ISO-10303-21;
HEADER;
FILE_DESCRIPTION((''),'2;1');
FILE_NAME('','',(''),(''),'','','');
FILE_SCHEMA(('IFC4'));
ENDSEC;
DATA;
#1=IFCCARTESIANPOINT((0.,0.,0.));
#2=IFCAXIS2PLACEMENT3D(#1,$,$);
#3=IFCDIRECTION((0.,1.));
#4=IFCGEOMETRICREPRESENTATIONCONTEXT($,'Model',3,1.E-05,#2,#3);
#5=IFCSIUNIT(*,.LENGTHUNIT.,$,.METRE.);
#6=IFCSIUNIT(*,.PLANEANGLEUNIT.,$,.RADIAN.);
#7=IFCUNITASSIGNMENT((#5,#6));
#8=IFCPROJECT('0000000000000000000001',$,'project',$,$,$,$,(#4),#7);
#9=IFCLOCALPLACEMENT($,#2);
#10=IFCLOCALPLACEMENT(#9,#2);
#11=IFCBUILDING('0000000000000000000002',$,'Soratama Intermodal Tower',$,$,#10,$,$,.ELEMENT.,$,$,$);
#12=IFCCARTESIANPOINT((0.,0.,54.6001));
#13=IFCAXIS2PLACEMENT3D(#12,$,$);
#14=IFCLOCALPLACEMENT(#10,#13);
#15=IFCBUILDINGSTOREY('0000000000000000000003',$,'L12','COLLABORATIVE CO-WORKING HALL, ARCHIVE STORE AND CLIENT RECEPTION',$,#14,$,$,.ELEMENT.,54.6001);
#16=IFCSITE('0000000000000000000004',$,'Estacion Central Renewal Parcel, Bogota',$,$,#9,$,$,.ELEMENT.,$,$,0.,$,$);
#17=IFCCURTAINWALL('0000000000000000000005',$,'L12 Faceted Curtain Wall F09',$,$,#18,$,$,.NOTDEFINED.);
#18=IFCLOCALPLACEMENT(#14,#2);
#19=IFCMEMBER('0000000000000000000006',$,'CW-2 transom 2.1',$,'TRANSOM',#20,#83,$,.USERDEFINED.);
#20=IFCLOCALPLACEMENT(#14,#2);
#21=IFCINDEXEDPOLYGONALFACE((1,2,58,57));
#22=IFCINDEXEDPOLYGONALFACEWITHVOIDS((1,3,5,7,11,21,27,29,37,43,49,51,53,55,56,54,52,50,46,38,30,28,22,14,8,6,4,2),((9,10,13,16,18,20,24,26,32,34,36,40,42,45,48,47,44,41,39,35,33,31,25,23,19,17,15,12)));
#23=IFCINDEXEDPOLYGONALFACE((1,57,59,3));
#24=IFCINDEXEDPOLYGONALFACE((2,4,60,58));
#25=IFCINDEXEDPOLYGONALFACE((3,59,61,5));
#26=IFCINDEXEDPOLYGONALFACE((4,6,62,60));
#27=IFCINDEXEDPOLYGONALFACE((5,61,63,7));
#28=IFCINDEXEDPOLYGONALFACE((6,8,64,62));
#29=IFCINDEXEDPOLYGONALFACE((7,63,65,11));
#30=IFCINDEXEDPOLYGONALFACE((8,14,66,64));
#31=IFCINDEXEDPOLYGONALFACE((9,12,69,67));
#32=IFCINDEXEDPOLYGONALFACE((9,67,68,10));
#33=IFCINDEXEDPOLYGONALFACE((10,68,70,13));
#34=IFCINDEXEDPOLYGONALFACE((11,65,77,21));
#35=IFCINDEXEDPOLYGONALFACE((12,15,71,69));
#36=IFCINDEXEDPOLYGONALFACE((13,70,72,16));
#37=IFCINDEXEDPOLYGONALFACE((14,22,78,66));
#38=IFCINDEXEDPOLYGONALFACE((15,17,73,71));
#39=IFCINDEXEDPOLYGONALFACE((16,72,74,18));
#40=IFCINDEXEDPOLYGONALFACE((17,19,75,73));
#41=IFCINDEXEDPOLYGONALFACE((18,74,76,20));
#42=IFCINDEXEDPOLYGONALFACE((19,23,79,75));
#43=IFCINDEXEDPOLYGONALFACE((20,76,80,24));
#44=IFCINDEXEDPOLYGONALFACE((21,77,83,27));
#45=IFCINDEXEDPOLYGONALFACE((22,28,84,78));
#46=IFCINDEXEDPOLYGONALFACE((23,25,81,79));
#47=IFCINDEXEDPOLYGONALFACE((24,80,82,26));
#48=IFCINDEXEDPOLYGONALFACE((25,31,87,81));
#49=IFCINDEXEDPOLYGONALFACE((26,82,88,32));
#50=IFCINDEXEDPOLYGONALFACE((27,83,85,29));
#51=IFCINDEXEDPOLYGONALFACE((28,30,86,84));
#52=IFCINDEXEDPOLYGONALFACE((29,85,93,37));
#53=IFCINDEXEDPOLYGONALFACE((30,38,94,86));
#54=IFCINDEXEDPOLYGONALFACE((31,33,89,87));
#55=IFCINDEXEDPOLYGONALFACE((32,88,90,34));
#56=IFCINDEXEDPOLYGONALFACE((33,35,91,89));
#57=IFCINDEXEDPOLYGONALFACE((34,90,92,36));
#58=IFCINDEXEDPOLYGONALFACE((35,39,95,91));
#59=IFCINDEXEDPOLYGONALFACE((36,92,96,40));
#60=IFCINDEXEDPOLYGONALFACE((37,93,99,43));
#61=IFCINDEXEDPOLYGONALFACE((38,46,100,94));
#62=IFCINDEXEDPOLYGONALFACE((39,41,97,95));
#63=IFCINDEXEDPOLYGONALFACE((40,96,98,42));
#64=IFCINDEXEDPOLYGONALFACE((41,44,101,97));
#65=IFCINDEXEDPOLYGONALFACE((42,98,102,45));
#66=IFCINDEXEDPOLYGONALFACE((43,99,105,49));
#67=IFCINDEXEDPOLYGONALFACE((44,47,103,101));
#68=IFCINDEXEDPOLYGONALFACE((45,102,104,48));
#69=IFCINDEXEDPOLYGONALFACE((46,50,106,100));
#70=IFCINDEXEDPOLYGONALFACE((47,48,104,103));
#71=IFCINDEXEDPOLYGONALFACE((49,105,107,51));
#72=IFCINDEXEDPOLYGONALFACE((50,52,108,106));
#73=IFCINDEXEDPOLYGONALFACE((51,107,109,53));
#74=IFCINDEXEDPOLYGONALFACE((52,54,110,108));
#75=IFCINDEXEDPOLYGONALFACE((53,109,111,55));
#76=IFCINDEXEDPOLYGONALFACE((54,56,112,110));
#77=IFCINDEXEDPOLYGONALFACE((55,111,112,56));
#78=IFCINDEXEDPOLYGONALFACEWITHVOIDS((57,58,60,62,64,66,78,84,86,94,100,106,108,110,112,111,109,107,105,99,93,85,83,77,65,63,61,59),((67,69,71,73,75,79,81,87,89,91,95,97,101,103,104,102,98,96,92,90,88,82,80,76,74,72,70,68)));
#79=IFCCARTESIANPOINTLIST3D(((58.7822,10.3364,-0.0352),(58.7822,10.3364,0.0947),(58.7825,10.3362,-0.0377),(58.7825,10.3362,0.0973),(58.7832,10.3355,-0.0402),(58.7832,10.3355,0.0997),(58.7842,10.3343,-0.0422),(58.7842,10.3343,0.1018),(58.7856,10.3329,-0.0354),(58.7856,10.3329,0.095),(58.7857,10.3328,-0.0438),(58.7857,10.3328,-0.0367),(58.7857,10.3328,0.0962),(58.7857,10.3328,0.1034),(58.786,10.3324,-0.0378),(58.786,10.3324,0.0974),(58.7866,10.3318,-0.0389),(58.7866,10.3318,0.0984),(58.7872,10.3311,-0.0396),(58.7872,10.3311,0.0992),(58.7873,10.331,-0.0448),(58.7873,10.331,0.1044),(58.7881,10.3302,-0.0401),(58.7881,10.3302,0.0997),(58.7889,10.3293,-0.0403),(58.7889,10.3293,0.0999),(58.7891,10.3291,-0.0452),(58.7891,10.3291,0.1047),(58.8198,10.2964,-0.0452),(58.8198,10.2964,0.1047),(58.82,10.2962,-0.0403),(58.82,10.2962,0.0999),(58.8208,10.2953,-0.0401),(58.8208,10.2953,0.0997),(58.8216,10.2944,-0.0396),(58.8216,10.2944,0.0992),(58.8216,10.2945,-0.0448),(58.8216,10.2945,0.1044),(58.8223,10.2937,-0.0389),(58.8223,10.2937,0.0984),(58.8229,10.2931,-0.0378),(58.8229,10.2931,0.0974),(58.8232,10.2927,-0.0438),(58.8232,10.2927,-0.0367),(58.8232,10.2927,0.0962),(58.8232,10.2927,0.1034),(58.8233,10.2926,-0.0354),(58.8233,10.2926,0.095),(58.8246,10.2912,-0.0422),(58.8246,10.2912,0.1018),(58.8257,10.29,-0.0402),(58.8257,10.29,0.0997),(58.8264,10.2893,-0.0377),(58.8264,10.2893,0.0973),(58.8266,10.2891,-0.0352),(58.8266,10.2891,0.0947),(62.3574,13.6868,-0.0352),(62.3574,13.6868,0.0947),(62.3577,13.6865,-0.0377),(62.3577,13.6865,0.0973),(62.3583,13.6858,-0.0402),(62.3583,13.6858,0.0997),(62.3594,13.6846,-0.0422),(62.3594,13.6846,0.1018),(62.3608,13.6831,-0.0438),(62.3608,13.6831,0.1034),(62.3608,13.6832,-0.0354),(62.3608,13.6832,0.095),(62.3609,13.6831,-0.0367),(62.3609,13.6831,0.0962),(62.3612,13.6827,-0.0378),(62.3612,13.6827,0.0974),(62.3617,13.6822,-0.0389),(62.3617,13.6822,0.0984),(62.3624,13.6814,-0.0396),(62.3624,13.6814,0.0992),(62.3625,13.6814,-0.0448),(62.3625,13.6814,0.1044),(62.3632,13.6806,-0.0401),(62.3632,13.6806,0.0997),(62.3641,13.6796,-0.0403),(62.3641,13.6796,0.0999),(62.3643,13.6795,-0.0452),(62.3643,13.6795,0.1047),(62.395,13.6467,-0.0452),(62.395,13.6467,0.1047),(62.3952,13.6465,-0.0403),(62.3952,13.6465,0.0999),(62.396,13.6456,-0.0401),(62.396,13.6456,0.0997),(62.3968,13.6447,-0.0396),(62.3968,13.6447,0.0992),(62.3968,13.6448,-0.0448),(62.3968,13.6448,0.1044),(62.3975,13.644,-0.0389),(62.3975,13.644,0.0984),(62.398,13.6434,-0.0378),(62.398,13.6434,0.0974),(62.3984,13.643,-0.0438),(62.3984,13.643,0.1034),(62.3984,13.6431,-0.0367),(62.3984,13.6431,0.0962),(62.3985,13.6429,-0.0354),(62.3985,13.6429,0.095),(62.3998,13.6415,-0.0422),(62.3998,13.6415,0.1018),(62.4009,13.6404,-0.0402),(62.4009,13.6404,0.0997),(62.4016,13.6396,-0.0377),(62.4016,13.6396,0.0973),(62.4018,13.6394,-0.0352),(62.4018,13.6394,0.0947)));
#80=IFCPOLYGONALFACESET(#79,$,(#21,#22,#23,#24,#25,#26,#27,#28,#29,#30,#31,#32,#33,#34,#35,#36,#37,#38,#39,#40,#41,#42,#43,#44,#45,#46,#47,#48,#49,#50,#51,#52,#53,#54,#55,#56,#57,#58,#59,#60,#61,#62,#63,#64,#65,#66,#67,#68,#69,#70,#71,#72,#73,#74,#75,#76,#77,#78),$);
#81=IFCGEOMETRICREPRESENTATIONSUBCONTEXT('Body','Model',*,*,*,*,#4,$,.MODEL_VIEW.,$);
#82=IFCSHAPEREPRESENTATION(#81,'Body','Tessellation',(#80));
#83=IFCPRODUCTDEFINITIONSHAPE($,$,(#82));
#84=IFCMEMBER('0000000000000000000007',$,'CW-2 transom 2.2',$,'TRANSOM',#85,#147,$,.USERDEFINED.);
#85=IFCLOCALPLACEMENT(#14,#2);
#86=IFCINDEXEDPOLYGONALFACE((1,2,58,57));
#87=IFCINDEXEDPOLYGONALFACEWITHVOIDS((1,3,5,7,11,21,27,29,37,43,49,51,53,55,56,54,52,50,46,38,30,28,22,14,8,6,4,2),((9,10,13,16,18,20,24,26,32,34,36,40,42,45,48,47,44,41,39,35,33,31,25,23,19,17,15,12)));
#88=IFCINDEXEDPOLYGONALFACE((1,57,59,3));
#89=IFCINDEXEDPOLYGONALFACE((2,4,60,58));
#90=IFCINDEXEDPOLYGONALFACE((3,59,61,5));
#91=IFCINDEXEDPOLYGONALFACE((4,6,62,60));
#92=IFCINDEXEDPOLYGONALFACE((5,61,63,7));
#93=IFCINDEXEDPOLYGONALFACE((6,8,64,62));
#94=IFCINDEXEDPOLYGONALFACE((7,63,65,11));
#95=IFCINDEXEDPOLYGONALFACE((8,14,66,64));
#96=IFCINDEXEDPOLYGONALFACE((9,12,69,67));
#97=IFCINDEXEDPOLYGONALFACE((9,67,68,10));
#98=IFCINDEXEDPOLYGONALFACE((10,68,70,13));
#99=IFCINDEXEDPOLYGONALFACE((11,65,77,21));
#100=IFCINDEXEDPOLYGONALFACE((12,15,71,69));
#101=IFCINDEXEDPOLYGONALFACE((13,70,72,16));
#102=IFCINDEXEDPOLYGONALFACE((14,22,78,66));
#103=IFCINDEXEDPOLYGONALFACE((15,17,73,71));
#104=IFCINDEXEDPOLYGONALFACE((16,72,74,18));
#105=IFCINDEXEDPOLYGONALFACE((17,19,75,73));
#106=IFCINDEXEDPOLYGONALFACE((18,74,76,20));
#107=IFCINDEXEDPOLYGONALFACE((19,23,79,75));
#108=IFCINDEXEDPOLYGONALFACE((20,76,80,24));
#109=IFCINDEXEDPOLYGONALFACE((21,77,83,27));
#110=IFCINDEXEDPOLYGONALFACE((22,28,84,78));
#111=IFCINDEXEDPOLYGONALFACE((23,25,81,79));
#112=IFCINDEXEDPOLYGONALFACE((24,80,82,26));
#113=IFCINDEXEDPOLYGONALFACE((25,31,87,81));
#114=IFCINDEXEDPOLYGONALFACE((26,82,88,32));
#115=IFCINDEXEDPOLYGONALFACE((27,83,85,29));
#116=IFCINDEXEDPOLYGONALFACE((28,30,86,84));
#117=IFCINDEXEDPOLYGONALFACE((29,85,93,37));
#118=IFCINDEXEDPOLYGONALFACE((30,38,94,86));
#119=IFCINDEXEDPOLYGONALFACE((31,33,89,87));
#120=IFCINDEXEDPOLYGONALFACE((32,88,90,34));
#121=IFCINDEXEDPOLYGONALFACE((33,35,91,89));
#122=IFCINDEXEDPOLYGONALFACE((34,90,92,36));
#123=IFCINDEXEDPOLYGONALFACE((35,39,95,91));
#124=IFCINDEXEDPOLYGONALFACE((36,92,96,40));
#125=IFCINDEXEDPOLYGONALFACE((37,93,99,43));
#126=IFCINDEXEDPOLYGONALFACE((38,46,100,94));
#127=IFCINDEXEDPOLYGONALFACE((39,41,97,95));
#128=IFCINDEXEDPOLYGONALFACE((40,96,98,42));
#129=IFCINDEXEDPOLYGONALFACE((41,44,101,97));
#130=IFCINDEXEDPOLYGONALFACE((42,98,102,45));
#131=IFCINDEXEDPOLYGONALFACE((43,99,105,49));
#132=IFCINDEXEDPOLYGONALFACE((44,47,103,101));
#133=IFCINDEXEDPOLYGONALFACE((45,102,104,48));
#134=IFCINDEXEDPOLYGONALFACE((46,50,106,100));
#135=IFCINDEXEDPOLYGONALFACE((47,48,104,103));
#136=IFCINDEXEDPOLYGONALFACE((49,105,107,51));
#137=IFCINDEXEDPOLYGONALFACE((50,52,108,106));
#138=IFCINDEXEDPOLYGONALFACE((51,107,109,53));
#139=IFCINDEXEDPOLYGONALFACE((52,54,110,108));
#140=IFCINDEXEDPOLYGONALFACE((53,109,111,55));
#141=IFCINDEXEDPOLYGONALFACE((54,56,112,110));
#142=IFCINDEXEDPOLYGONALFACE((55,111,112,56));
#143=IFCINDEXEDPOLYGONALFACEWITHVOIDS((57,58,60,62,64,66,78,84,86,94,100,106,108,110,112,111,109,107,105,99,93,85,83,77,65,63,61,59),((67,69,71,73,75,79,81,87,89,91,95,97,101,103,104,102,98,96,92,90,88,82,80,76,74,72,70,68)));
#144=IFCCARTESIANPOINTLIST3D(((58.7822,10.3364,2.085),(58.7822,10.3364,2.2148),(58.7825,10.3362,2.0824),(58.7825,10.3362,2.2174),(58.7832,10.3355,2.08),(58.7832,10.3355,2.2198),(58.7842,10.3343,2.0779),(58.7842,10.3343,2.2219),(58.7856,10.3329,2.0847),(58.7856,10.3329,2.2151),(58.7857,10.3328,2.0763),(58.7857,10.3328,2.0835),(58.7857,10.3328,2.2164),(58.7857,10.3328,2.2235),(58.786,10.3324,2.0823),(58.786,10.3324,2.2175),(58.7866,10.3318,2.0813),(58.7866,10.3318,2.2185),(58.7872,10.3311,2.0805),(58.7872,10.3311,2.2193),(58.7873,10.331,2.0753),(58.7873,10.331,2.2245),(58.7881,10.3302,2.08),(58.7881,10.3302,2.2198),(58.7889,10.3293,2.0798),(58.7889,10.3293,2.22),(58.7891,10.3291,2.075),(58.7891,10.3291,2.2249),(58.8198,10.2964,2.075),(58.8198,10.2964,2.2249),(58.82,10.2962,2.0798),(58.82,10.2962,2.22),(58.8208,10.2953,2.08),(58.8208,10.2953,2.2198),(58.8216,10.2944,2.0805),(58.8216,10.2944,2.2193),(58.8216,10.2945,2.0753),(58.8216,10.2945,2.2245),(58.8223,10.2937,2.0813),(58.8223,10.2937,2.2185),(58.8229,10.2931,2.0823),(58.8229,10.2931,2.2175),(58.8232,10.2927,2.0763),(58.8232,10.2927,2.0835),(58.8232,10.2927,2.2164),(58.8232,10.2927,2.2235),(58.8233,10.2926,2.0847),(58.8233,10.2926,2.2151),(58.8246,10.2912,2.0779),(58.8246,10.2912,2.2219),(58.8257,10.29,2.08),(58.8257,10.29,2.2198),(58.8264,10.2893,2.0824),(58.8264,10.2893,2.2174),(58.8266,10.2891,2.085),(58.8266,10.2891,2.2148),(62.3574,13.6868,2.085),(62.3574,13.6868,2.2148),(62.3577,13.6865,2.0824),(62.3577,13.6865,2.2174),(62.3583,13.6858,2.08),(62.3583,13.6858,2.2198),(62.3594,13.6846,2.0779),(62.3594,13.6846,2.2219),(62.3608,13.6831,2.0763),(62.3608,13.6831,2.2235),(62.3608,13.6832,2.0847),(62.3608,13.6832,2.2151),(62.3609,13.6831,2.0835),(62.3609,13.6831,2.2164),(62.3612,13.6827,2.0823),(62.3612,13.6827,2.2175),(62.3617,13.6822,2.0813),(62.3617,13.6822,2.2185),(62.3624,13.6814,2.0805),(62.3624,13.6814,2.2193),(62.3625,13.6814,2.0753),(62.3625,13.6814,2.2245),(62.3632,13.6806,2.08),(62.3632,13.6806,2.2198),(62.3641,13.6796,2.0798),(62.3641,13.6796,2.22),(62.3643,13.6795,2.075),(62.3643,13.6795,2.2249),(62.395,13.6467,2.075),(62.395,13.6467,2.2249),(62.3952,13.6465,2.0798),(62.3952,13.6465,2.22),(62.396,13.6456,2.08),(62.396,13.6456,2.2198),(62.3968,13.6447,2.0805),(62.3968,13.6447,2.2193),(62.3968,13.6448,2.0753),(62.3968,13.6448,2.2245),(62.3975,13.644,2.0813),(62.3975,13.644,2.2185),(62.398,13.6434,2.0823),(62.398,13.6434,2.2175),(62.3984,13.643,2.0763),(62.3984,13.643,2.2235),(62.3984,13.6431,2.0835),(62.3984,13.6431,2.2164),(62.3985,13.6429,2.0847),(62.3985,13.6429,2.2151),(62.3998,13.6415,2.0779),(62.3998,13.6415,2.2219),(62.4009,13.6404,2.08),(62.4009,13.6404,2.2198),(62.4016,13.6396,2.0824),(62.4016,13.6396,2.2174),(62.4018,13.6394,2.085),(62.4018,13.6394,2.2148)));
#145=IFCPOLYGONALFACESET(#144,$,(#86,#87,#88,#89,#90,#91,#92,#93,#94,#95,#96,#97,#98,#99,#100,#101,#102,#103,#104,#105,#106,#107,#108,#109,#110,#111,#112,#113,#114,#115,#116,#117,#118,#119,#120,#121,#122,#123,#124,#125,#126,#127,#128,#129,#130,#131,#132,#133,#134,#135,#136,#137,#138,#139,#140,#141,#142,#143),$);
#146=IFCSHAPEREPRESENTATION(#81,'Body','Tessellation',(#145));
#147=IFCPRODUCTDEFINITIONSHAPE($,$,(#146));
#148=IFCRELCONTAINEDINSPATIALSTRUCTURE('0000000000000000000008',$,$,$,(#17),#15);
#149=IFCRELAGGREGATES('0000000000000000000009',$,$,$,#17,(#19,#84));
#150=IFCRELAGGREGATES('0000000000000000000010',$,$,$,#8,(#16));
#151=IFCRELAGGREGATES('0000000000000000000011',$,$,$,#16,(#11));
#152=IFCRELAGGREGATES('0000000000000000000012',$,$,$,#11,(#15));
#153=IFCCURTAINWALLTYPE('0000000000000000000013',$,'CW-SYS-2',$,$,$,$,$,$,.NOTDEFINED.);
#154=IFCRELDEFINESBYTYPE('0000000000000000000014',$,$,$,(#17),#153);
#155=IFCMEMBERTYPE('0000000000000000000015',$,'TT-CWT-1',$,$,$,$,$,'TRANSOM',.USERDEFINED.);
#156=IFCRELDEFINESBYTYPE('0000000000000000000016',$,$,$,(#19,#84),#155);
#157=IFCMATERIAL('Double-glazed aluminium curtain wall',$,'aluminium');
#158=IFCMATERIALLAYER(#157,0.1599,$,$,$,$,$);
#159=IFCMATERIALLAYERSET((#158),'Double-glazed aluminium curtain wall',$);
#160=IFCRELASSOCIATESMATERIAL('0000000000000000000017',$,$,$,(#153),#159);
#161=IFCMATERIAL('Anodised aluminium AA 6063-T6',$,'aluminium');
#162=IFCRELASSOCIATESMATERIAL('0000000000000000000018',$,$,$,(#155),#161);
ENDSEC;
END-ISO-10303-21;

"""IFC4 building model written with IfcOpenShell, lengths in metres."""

from ifc_helpers import new_model, si_unit, direction, frame, origin, origin_2d, place, context, subcontext, project, spatial, hollow_rectangle, extrude, material, layer, layer_set, material_profile, profile_set, type_object, element, aggregate, save


model = new_model("IFC4")

# Units and contexts
model_context = context("Model", 3, precision=1e-05, world=origin(), true_north=direction((0.0, 1.0)))
body_context = subcontext(model_context, "Body", "Model", "MODEL_VIEW")
ifc_project = project(units=[si_unit("LENGTHUNIT", "METRE"), si_unit("PLANEANGLEUNIT", "RADIAN")], contexts=[model_context])

# Site, building, storey
site_placement = place(None, origin())
site = spatial("IfcSite", under=ifc_project, at=site_placement, Name="Estacion Central Renewal Parcel, Bogota", CompositionType="ELEMENT", RefElevation=0.0)
building_placement = place(site_placement, origin())
building = spatial("IfcBuilding", under=site, at=building_placement, Name="Soratama Intermodal Tower", CompositionType="ELEMENT")
storey_placement = place(building_placement, frame((0.0, 0.0, 54.6001)))
storey = spatial("IfcBuildingStorey", under=building, at=storey_placement, Name="L12", Description="COLLABORATIVE CO-WORKING HALL, ARCHIVE STORE AND CLIENT RECEPTION", CompositionType="ELEMENT", Elevation=54.6001)

# Curtain wall, members
ifc_material_1 = material(Name="Double-glazed aluminium curtain wall", Category="aluminium")
ifc_layer_1 = layer(ifc_material_1, 0.1599)
ifc_layer_set_1 = layer_set([ifc_layer_1], Name="Double-glazed aluminium curtain wall")
curtain_wall_type = type_object("IfcCurtainWallType", Name="CW-SYS-2", PredefinedType="NOTDEFINED", material=ifc_layer_set_1)
curtain_wall_placement = place(storey_placement, origin())
curtain_wall = element("IfcCurtainWall", 1, at=curtain_wall_placement, inside=storey, type_object=curtain_wall_type, Name="L12 Faceted Curtain Wall F09", PredefinedType="NOTDEFINED")
ifc_material_2 = material(Name="Anodised aluminium AA 6063-T6", Category="aluminium")
ifc_material_profile_1 = material_profile(ifc_material_2, hollow_rectangle(XDim=0.0649, YDim=0.1499, WallThickness=0.0049, InnerFilletRadius=0.0049, OuterFilletRadius=0.01, at=origin_2d()), Name="CWT150X65X5")
ifc_profile_set_1 = profile_set([ifc_material_profile_1], Name="Anodised aluminium AA 6063-T6")
member_type_1 = type_object("IfcMemberType", Name="TT-CWT-1", ElementType="TRANSOM", PredefinedType="USERDEFINED", material=ifc_profile_set_1)
member_1_placement = place(storey_placement, frame((58.8044, 10.3127, 0.0298), z_axis=(0.72968, 0.683789, 0.0), x_axis=(-0.683789, 0.72968, 0.0)))
member_1 = element("IfcMember", 2, at=member_1_placement, type_object=member_type_1, Name="CW-2 transom 2.1", ObjectType="TRANSOM", PredefinedType="USERDEFINED", context=body_context, shape_type="SweptSolid", body=[
    extrude(hollow_rectangle(XDim=0.0649, YDim=0.1499, WallThickness=0.0049, InnerFilletRadius=0.0049, OuterFilletRadius=0.01, at=origin_2d()), origin(), (0.0, 0.0, 1.0), 4.8997),
])
member_2_placement = place(storey_placement, frame((58.8044, 10.3127, 2.1499), z_axis=(0.72968, 0.683789, 0.0), x_axis=(-0.683789, 0.72968, 0.0)))
member_2 = element("IfcMember", 3, at=member_2_placement, type_object=member_type_1, Name="CW-2 transom 2.2", ObjectType="TRANSOM", PredefinedType="USERDEFINED", context=body_context, shape_type="SweptSolid", body=[
    extrude(hollow_rectangle(XDim=0.0649, YDim=0.1499, WallThickness=0.0049, InnerFilletRadius=0.0049, OuterFilletRadius=0.01, at=origin_2d()), origin(), (0.0, 0.0, 1.0), 4.8997),
])
aggregate(curtain_wall, [member_1, member_2])

save(model, "model.ifc")
